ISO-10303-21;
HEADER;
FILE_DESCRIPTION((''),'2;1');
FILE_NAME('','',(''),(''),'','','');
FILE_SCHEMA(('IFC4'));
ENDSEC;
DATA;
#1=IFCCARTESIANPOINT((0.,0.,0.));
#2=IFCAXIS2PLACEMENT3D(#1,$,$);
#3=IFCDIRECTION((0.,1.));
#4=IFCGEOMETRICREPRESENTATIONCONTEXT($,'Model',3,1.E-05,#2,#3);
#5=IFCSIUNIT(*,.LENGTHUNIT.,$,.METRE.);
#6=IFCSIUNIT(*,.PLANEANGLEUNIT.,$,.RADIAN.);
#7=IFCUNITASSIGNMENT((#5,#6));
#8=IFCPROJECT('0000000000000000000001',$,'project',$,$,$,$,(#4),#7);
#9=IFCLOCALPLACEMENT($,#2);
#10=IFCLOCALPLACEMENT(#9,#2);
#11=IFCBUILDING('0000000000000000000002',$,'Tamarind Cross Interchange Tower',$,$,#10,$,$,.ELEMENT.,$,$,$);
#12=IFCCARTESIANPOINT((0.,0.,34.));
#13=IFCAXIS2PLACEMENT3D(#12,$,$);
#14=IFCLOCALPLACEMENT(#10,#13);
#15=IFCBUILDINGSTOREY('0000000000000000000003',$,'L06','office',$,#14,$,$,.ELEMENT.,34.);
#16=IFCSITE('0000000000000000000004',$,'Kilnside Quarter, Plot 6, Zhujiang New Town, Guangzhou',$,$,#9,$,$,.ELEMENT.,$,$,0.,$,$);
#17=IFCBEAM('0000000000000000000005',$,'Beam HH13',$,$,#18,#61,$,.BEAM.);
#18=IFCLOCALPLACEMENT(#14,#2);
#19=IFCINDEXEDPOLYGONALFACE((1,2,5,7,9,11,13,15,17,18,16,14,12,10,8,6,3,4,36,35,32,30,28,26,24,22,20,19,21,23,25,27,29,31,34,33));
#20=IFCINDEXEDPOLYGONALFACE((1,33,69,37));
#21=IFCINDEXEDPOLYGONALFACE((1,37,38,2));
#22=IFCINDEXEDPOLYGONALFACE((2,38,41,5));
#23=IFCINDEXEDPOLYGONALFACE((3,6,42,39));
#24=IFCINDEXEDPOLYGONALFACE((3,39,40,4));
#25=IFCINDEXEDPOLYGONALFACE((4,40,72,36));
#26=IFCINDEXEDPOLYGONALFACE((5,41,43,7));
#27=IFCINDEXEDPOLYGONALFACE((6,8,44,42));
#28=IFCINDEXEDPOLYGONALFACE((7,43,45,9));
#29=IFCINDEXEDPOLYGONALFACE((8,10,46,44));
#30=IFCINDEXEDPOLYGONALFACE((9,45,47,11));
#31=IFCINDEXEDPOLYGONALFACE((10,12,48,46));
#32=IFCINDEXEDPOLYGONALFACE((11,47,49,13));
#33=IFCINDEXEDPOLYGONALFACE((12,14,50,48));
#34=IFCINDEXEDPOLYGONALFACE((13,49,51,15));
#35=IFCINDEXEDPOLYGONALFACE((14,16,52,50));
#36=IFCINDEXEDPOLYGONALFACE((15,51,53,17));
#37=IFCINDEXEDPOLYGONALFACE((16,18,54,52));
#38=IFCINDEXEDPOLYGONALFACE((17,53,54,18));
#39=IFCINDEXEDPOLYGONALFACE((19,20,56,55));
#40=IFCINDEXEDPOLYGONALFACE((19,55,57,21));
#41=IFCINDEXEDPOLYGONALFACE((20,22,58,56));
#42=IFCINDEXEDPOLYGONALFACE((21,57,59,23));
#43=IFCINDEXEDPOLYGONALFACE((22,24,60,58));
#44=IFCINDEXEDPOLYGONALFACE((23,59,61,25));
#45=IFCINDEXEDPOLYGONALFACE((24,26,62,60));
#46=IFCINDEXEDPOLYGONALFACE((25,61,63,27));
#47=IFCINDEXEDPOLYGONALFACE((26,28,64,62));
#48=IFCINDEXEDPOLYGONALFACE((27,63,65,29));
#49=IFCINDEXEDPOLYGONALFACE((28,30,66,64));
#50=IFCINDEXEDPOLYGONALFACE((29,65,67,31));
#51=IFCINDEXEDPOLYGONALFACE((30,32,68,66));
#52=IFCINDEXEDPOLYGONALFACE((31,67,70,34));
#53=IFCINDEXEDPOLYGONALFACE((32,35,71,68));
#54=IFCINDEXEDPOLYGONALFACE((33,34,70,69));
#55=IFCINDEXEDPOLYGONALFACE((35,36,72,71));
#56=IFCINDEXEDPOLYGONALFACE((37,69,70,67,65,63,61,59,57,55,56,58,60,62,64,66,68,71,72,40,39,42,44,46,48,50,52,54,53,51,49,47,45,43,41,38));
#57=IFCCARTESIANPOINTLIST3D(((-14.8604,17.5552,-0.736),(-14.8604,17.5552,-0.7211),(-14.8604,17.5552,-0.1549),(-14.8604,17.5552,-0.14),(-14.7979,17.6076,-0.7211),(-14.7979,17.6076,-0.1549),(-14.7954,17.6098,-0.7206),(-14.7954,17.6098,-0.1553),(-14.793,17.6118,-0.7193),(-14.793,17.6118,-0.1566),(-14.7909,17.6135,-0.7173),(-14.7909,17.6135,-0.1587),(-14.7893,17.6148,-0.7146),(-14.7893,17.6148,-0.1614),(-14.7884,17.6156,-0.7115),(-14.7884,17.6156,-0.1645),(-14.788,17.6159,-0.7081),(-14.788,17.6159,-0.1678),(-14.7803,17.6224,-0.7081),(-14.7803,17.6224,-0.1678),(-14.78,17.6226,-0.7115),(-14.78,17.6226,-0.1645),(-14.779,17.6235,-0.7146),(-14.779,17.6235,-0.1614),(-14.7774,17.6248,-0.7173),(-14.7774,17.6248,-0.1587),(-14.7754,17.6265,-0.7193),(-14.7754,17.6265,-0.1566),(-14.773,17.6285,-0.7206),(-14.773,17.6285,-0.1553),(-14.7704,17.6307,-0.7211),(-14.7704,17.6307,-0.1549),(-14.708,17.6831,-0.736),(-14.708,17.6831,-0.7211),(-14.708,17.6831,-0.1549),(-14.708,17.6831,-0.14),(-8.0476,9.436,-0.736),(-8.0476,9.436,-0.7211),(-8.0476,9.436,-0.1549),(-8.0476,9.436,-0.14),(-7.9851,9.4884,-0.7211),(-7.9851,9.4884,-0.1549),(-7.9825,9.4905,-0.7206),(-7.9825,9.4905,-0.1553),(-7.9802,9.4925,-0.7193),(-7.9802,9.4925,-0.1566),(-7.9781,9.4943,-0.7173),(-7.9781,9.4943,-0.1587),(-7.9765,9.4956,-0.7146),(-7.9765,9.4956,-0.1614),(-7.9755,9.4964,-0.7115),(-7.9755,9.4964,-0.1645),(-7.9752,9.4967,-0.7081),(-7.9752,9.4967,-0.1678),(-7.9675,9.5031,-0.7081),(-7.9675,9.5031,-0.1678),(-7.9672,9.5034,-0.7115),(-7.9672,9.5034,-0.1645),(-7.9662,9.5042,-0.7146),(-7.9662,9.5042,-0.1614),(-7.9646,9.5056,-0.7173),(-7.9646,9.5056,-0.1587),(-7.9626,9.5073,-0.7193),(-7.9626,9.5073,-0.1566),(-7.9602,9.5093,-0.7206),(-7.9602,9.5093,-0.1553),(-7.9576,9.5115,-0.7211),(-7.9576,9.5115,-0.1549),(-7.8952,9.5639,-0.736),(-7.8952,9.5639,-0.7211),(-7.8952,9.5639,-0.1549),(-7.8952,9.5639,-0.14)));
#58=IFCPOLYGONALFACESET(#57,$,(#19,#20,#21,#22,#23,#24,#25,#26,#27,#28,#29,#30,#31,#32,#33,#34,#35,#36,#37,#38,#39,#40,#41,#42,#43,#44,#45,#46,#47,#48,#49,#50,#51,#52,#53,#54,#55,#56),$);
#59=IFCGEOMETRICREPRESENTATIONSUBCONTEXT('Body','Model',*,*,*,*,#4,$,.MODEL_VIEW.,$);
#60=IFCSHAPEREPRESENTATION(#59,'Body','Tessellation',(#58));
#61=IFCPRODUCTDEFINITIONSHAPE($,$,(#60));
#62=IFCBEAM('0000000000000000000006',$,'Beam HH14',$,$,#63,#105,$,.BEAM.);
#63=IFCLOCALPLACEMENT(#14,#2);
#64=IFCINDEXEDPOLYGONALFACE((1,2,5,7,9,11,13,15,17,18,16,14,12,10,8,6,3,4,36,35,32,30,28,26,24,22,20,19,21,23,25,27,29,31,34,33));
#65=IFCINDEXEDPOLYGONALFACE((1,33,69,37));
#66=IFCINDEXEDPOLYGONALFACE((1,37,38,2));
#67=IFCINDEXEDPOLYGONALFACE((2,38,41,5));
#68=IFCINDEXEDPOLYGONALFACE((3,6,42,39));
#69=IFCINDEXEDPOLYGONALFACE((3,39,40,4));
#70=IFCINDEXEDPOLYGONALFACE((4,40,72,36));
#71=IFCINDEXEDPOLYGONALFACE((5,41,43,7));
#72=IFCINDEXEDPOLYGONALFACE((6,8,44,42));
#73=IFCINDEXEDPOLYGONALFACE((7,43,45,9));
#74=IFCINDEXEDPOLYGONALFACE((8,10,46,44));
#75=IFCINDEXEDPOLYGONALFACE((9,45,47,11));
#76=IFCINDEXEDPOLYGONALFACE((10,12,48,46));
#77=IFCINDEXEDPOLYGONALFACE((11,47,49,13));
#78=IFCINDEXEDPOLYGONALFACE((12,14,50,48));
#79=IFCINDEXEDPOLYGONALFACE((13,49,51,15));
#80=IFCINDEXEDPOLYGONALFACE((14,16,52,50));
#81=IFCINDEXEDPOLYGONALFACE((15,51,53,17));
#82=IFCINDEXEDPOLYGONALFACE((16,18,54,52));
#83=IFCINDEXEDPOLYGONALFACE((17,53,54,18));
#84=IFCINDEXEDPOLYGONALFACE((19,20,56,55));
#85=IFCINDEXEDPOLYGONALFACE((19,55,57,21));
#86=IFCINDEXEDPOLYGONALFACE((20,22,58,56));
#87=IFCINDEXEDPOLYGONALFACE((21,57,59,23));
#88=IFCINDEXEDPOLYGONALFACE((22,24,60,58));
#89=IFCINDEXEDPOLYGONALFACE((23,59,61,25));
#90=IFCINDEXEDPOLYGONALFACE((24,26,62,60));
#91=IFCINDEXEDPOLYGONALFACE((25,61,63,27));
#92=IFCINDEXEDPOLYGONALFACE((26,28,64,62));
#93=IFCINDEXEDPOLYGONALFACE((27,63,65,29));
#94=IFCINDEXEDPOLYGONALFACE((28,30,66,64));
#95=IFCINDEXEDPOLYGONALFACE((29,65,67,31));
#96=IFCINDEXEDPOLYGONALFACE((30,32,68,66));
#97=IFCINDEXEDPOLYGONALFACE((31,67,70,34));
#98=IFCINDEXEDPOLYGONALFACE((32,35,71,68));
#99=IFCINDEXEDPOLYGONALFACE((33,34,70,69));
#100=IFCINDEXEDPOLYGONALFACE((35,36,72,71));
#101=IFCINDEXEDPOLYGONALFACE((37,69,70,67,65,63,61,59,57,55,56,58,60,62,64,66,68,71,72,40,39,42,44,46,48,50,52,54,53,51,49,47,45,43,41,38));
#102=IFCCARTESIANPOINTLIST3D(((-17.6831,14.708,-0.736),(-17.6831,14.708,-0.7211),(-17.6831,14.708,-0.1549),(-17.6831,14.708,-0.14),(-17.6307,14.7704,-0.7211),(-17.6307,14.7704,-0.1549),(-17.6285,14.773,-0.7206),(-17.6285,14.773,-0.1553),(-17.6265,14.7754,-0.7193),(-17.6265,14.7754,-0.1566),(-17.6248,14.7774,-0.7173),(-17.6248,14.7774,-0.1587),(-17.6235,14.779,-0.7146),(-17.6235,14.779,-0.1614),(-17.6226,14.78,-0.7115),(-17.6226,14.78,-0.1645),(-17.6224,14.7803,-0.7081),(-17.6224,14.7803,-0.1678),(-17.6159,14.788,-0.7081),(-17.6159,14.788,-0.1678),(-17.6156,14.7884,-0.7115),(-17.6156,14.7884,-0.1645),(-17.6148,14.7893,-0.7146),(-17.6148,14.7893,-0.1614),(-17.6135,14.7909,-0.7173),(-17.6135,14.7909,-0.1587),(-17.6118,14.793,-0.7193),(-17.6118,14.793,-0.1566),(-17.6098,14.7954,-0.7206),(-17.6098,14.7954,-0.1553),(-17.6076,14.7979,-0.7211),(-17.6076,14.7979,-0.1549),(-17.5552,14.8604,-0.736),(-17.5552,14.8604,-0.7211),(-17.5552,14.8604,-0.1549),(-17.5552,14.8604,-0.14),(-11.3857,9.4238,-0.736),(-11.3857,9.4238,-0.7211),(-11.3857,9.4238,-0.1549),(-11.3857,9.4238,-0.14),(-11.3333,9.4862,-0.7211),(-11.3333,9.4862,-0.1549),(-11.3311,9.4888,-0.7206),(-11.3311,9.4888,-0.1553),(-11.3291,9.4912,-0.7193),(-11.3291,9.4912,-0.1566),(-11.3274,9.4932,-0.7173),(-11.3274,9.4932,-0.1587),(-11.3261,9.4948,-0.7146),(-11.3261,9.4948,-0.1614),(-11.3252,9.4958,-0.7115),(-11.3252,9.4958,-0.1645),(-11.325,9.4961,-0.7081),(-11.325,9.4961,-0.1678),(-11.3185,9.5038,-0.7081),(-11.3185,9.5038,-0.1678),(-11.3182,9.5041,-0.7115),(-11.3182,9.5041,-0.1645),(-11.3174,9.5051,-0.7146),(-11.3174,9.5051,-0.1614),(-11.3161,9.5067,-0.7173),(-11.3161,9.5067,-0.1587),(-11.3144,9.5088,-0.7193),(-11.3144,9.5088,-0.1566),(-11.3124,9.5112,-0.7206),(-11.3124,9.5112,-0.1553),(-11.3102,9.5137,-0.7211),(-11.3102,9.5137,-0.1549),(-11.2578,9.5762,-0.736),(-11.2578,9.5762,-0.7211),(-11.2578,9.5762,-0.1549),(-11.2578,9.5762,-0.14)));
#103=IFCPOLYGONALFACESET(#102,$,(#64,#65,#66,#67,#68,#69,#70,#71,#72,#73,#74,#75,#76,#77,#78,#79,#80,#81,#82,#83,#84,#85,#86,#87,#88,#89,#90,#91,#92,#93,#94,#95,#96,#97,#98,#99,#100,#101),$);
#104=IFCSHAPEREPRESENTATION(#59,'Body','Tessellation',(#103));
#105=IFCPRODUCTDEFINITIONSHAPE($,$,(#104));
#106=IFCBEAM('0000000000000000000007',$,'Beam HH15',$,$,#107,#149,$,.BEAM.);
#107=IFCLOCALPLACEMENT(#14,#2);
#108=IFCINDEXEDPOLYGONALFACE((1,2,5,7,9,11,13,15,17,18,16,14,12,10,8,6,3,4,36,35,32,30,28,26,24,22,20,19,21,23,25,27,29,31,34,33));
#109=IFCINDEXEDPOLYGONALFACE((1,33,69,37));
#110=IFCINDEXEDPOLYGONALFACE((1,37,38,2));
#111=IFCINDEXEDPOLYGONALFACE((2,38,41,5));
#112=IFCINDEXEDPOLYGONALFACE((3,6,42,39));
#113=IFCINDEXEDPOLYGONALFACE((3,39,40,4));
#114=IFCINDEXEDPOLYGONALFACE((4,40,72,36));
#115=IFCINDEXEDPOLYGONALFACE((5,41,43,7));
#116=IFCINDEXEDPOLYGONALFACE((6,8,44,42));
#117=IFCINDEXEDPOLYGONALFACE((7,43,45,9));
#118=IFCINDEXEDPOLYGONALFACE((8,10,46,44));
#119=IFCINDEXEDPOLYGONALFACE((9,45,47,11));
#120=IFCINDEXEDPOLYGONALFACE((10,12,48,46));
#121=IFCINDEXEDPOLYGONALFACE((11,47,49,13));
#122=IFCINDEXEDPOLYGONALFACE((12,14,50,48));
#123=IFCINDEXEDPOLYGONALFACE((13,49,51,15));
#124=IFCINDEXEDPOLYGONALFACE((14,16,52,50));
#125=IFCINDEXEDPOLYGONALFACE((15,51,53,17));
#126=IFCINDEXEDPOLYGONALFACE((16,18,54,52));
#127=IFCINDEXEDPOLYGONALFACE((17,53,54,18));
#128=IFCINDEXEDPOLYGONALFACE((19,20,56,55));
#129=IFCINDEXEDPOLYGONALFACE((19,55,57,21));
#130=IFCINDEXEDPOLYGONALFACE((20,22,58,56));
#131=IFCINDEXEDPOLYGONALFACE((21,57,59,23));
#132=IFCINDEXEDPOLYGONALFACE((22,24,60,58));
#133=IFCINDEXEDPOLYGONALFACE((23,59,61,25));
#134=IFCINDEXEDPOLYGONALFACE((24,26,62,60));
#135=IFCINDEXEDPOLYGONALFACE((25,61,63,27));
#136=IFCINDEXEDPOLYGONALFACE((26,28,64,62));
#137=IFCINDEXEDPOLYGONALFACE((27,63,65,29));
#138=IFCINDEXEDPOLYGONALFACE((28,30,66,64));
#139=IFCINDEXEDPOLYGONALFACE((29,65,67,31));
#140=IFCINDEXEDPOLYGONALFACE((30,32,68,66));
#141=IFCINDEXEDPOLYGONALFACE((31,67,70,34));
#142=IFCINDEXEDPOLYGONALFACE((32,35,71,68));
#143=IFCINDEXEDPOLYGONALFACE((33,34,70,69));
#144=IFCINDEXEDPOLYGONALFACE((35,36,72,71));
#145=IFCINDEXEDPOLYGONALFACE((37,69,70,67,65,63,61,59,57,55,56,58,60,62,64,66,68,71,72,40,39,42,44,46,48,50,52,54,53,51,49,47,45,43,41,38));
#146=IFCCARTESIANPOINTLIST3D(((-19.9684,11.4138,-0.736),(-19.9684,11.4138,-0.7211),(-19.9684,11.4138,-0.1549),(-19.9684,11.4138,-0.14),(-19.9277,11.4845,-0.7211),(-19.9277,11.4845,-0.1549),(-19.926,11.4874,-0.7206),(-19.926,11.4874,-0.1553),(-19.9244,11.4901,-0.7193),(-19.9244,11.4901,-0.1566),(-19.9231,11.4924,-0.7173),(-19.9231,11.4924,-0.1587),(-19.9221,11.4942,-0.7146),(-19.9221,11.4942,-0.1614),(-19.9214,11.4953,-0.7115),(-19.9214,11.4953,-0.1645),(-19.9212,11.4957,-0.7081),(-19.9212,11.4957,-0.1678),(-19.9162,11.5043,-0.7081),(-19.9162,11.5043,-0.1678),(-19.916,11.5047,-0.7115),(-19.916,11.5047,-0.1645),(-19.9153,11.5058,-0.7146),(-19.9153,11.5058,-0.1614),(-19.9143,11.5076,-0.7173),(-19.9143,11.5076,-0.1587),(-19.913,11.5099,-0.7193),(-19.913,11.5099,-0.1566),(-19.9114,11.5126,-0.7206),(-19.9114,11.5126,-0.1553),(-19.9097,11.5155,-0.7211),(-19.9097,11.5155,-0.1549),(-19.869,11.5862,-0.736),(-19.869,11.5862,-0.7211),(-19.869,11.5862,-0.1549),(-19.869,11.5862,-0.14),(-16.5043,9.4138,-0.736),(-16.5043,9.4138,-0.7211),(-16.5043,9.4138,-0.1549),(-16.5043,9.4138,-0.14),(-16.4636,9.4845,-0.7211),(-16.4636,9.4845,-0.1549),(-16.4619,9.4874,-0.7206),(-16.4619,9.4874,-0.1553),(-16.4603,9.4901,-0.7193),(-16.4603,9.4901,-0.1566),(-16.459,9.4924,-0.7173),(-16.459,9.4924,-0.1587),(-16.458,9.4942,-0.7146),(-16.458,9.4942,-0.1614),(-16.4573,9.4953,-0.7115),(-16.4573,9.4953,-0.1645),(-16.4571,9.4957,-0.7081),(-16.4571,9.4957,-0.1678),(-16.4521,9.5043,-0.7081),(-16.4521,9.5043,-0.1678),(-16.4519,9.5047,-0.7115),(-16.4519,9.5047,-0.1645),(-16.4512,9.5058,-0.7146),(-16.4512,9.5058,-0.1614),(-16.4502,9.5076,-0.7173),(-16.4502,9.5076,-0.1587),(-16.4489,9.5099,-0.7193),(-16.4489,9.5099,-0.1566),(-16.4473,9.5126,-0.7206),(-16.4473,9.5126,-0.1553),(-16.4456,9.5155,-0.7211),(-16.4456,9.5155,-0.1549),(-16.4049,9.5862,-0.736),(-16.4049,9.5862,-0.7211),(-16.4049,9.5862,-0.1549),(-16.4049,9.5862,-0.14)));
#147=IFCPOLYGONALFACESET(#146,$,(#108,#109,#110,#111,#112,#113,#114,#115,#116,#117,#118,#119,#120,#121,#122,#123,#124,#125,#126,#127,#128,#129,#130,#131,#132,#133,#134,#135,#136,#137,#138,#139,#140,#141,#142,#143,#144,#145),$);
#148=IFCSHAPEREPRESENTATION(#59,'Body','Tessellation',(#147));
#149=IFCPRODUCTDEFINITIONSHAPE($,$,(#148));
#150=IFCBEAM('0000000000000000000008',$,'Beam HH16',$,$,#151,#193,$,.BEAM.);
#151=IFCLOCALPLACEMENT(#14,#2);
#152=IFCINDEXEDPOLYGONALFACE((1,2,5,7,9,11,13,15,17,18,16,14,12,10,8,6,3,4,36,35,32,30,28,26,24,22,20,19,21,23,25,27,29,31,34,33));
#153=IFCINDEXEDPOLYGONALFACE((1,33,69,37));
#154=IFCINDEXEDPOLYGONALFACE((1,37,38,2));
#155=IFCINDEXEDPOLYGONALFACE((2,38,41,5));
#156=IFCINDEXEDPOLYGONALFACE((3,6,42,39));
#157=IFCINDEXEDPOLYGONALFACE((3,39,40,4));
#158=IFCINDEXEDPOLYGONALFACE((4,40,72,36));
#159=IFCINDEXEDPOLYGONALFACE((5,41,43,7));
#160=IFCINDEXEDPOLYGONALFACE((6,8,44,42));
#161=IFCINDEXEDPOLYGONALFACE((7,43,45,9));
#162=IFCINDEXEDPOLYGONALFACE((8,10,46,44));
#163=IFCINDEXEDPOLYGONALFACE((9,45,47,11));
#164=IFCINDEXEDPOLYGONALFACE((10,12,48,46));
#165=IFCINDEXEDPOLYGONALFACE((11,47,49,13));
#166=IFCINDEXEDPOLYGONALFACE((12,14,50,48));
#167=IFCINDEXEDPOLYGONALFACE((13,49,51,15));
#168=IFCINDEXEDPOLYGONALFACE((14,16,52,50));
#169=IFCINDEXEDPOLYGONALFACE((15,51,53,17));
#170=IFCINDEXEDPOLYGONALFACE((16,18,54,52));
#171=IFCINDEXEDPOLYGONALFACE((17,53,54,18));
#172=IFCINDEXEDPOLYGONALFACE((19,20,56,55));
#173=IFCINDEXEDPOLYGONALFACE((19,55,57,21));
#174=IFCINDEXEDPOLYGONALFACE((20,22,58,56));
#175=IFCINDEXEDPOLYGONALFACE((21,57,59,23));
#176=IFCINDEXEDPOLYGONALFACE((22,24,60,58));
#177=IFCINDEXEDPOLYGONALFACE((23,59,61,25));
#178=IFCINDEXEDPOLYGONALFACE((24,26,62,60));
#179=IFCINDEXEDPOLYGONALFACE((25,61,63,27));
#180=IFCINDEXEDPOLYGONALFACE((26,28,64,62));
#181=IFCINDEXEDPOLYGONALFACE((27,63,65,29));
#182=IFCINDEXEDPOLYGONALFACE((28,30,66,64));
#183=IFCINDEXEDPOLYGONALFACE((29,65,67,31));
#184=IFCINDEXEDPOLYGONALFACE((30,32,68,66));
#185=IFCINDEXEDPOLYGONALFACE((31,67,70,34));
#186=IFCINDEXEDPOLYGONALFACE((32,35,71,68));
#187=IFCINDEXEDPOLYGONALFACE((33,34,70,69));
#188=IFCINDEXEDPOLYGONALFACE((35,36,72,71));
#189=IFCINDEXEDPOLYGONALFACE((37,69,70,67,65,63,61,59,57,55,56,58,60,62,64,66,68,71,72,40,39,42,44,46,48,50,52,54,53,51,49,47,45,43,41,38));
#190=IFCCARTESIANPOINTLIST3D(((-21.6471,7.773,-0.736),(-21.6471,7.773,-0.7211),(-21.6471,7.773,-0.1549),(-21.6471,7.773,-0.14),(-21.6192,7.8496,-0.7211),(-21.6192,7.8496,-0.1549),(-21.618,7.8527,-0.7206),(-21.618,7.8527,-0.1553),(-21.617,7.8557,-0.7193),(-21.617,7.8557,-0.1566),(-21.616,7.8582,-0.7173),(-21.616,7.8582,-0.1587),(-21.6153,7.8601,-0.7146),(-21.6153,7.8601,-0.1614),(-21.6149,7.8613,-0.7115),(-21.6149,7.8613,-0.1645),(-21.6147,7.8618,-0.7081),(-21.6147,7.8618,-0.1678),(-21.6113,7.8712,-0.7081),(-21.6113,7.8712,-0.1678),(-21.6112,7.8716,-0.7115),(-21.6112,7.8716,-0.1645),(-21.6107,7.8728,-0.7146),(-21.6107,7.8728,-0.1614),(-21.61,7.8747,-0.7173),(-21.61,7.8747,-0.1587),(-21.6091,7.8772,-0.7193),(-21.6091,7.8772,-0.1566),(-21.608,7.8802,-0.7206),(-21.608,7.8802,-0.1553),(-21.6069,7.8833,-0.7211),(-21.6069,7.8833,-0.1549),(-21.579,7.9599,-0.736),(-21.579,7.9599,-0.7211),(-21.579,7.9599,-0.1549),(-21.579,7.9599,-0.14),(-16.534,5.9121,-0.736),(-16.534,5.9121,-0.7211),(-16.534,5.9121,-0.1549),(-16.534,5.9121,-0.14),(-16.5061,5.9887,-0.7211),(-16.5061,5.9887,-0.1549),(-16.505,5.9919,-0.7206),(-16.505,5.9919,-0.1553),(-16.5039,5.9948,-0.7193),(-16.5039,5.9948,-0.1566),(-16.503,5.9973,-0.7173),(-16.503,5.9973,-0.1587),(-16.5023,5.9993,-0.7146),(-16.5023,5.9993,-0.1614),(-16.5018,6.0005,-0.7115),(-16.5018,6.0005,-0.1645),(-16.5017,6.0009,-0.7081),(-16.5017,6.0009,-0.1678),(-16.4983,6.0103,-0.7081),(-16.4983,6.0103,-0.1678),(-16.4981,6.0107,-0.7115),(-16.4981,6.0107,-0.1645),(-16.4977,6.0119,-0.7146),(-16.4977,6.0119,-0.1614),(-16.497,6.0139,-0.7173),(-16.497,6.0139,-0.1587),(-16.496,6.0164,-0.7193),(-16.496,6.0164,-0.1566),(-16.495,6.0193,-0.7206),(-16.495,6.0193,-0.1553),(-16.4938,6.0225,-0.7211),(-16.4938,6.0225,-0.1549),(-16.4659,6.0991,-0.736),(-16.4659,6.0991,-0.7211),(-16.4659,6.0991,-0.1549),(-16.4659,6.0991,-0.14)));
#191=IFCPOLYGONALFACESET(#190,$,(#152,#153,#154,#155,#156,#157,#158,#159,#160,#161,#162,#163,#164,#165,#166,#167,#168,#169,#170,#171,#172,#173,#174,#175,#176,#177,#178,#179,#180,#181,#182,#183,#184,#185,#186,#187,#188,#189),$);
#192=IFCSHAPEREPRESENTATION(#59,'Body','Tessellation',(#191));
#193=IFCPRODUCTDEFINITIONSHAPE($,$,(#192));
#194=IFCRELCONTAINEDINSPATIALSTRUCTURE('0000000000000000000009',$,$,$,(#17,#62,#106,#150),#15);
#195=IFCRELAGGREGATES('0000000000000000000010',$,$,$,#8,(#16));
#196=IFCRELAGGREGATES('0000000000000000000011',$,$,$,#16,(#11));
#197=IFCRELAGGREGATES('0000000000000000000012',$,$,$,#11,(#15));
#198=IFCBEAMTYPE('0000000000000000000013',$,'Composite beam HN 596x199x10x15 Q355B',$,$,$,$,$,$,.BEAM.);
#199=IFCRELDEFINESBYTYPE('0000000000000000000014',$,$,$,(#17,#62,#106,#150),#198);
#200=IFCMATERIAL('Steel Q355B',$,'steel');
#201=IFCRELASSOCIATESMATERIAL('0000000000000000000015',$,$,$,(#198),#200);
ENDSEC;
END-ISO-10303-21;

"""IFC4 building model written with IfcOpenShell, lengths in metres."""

from ifc_helpers import new_model, si_unit, direction, frame, origin, origin_2d, place, context, subcontext, project, spatial, i_section, extrude, material, material_profile, profile_set, type_object, element, save


model = new_model("IFC4")

# Units and contexts
model_context = context("Model", 3, precision=1e-05, world=origin(), true_north=direction((0.0, 1.0)))
body_context = subcontext(model_context, "Body", "Model", "MODEL_VIEW")
ifc_project = project(units=[si_unit("LENGTHUNIT", "METRE"), si_unit("PLANEANGLEUNIT", "RADIAN")], contexts=[model_context])

# Site, building, storey
site_placement = place(None, origin())
site = spatial("IfcSite", under=ifc_project, at=site_placement, Name="Kilnside Quarter, Plot 6, Zhujiang New Town, Guangzhou", CompositionType="ELEMENT", RefElevation=0.0)
building_placement = place(site_placement, origin())
building = spatial("IfcBuilding", under=site, at=building_placement, Name="Tamarind Cross Interchange Tower", CompositionType="ELEMENT")
storey_placement = place(building_placement, frame((0.0, 0.0, 34.0)))
storey = spatial("IfcBuildingStorey", under=building, at=storey_placement, Name="L06", Description="office", CompositionType="ELEMENT", Elevation=34.0)

# Beams
ifc_material_1 = material(Name="Steel Q355B", Category="steel")
ifc_material_profile_1 = material_profile(ifc_material_1, i_section(OverallWidth=0.199, OverallDepth=0.5959, WebThickness=0.01, FlangeThickness=0.0149, FilletRadius=0.0129, at=origin_2d()), Name="HN 596x199x10x15")
ifc_profile_set_1 = profile_set([ifc_material_profile_1], Name="Steel Q355B")
beam_type_1 = type_object("IfcBeamType", Name="Composite beam HN 596x199x10x15 Q355B", PredefinedType="BEAM", material=ifc_profile_set_1)
beam_1_placement = place(storey_placement, frame((-14.7842, 17.6191, -0.438), z_axis=(0.642786, -0.766046, 0.0), x_axis=(0.766046, 0.642786, 0.0)))
element("IfcBeam", 1, at=beam_1_placement, inside=storey, type_object=beam_type_1, Name="Beam HH13", PredefinedType="BEAM", context=body_context, shape_type="SweptSolid", body=[
    extrude(i_section(OverallWidth=0.199, OverallDepth=0.5959, WebThickness=0.01, FlangeThickness=0.0149, FilletRadius=0.0129, at=origin_2d()), origin(), (0.0, 0.0, 1.0), 10.5989),
])
beam_2_placement = place(storey_placement, frame((-17.6191, 14.7842, -0.438), z_axis=(0.766041, -0.642792, 0.0), x_axis=(0.642792, 0.766041, 0.0)))
element("IfcBeam", 2, at=beam_2_placement, inside=storey, type_object=beam_type_1, Name="Beam HH14", PredefinedType="BEAM", context=body_context, shape_type="SweptSolid", body=[
    extrude(i_section(OverallWidth=0.199, OverallDepth=0.5959, WebThickness=0.01, FlangeThickness=0.0149, FilletRadius=0.0129, at=origin_2d()), origin(), (0.0, 0.0, 1.0), 8.2207),
])
beam_3_placement = place(storey_placement, frame((-19.9187, 11.5, -0.438), z_axis=(0.866026, -0.499999, 0.0), x_axis=(0.499999, 0.866026, 0.0)))
element("IfcBeam", 3, at=beam_3_placement, inside=storey, type_object=beam_type_1, Name="Beam HH15", PredefinedType="BEAM", context=body_context, shape_type="SweptSolid", body=[
    extrude(i_section(OverallWidth=0.199, OverallDepth=0.5959, WebThickness=0.01, FlangeThickness=0.0149, FilletRadius=0.0129, at=origin_2d()), origin(), (0.0, 0.0, 1.0), 4.0),
])
beam_4_placement = place(storey_placement, frame((-21.613, 7.8665, -0.438), z_axis=(0.939702, -0.341995, 0.0), x_axis=(0.341995, 0.939702, 0.0)))
element("IfcBeam", 4, at=beam_4_placement, inside=storey, type_object=beam_type_1, Name="Beam HH16", PredefinedType="BEAM", context=body_context, shape_type="SweptSolid", body=[
    extrude(i_section(OverallWidth=0.199, OverallDepth=0.5959, WebThickness=0.01, FlangeThickness=0.0149, FilletRadius=0.0129, at=origin_2d()), origin(), (0.0, 0.0, 1.0), 5.4412),
])

save(model, "model.ifc")
